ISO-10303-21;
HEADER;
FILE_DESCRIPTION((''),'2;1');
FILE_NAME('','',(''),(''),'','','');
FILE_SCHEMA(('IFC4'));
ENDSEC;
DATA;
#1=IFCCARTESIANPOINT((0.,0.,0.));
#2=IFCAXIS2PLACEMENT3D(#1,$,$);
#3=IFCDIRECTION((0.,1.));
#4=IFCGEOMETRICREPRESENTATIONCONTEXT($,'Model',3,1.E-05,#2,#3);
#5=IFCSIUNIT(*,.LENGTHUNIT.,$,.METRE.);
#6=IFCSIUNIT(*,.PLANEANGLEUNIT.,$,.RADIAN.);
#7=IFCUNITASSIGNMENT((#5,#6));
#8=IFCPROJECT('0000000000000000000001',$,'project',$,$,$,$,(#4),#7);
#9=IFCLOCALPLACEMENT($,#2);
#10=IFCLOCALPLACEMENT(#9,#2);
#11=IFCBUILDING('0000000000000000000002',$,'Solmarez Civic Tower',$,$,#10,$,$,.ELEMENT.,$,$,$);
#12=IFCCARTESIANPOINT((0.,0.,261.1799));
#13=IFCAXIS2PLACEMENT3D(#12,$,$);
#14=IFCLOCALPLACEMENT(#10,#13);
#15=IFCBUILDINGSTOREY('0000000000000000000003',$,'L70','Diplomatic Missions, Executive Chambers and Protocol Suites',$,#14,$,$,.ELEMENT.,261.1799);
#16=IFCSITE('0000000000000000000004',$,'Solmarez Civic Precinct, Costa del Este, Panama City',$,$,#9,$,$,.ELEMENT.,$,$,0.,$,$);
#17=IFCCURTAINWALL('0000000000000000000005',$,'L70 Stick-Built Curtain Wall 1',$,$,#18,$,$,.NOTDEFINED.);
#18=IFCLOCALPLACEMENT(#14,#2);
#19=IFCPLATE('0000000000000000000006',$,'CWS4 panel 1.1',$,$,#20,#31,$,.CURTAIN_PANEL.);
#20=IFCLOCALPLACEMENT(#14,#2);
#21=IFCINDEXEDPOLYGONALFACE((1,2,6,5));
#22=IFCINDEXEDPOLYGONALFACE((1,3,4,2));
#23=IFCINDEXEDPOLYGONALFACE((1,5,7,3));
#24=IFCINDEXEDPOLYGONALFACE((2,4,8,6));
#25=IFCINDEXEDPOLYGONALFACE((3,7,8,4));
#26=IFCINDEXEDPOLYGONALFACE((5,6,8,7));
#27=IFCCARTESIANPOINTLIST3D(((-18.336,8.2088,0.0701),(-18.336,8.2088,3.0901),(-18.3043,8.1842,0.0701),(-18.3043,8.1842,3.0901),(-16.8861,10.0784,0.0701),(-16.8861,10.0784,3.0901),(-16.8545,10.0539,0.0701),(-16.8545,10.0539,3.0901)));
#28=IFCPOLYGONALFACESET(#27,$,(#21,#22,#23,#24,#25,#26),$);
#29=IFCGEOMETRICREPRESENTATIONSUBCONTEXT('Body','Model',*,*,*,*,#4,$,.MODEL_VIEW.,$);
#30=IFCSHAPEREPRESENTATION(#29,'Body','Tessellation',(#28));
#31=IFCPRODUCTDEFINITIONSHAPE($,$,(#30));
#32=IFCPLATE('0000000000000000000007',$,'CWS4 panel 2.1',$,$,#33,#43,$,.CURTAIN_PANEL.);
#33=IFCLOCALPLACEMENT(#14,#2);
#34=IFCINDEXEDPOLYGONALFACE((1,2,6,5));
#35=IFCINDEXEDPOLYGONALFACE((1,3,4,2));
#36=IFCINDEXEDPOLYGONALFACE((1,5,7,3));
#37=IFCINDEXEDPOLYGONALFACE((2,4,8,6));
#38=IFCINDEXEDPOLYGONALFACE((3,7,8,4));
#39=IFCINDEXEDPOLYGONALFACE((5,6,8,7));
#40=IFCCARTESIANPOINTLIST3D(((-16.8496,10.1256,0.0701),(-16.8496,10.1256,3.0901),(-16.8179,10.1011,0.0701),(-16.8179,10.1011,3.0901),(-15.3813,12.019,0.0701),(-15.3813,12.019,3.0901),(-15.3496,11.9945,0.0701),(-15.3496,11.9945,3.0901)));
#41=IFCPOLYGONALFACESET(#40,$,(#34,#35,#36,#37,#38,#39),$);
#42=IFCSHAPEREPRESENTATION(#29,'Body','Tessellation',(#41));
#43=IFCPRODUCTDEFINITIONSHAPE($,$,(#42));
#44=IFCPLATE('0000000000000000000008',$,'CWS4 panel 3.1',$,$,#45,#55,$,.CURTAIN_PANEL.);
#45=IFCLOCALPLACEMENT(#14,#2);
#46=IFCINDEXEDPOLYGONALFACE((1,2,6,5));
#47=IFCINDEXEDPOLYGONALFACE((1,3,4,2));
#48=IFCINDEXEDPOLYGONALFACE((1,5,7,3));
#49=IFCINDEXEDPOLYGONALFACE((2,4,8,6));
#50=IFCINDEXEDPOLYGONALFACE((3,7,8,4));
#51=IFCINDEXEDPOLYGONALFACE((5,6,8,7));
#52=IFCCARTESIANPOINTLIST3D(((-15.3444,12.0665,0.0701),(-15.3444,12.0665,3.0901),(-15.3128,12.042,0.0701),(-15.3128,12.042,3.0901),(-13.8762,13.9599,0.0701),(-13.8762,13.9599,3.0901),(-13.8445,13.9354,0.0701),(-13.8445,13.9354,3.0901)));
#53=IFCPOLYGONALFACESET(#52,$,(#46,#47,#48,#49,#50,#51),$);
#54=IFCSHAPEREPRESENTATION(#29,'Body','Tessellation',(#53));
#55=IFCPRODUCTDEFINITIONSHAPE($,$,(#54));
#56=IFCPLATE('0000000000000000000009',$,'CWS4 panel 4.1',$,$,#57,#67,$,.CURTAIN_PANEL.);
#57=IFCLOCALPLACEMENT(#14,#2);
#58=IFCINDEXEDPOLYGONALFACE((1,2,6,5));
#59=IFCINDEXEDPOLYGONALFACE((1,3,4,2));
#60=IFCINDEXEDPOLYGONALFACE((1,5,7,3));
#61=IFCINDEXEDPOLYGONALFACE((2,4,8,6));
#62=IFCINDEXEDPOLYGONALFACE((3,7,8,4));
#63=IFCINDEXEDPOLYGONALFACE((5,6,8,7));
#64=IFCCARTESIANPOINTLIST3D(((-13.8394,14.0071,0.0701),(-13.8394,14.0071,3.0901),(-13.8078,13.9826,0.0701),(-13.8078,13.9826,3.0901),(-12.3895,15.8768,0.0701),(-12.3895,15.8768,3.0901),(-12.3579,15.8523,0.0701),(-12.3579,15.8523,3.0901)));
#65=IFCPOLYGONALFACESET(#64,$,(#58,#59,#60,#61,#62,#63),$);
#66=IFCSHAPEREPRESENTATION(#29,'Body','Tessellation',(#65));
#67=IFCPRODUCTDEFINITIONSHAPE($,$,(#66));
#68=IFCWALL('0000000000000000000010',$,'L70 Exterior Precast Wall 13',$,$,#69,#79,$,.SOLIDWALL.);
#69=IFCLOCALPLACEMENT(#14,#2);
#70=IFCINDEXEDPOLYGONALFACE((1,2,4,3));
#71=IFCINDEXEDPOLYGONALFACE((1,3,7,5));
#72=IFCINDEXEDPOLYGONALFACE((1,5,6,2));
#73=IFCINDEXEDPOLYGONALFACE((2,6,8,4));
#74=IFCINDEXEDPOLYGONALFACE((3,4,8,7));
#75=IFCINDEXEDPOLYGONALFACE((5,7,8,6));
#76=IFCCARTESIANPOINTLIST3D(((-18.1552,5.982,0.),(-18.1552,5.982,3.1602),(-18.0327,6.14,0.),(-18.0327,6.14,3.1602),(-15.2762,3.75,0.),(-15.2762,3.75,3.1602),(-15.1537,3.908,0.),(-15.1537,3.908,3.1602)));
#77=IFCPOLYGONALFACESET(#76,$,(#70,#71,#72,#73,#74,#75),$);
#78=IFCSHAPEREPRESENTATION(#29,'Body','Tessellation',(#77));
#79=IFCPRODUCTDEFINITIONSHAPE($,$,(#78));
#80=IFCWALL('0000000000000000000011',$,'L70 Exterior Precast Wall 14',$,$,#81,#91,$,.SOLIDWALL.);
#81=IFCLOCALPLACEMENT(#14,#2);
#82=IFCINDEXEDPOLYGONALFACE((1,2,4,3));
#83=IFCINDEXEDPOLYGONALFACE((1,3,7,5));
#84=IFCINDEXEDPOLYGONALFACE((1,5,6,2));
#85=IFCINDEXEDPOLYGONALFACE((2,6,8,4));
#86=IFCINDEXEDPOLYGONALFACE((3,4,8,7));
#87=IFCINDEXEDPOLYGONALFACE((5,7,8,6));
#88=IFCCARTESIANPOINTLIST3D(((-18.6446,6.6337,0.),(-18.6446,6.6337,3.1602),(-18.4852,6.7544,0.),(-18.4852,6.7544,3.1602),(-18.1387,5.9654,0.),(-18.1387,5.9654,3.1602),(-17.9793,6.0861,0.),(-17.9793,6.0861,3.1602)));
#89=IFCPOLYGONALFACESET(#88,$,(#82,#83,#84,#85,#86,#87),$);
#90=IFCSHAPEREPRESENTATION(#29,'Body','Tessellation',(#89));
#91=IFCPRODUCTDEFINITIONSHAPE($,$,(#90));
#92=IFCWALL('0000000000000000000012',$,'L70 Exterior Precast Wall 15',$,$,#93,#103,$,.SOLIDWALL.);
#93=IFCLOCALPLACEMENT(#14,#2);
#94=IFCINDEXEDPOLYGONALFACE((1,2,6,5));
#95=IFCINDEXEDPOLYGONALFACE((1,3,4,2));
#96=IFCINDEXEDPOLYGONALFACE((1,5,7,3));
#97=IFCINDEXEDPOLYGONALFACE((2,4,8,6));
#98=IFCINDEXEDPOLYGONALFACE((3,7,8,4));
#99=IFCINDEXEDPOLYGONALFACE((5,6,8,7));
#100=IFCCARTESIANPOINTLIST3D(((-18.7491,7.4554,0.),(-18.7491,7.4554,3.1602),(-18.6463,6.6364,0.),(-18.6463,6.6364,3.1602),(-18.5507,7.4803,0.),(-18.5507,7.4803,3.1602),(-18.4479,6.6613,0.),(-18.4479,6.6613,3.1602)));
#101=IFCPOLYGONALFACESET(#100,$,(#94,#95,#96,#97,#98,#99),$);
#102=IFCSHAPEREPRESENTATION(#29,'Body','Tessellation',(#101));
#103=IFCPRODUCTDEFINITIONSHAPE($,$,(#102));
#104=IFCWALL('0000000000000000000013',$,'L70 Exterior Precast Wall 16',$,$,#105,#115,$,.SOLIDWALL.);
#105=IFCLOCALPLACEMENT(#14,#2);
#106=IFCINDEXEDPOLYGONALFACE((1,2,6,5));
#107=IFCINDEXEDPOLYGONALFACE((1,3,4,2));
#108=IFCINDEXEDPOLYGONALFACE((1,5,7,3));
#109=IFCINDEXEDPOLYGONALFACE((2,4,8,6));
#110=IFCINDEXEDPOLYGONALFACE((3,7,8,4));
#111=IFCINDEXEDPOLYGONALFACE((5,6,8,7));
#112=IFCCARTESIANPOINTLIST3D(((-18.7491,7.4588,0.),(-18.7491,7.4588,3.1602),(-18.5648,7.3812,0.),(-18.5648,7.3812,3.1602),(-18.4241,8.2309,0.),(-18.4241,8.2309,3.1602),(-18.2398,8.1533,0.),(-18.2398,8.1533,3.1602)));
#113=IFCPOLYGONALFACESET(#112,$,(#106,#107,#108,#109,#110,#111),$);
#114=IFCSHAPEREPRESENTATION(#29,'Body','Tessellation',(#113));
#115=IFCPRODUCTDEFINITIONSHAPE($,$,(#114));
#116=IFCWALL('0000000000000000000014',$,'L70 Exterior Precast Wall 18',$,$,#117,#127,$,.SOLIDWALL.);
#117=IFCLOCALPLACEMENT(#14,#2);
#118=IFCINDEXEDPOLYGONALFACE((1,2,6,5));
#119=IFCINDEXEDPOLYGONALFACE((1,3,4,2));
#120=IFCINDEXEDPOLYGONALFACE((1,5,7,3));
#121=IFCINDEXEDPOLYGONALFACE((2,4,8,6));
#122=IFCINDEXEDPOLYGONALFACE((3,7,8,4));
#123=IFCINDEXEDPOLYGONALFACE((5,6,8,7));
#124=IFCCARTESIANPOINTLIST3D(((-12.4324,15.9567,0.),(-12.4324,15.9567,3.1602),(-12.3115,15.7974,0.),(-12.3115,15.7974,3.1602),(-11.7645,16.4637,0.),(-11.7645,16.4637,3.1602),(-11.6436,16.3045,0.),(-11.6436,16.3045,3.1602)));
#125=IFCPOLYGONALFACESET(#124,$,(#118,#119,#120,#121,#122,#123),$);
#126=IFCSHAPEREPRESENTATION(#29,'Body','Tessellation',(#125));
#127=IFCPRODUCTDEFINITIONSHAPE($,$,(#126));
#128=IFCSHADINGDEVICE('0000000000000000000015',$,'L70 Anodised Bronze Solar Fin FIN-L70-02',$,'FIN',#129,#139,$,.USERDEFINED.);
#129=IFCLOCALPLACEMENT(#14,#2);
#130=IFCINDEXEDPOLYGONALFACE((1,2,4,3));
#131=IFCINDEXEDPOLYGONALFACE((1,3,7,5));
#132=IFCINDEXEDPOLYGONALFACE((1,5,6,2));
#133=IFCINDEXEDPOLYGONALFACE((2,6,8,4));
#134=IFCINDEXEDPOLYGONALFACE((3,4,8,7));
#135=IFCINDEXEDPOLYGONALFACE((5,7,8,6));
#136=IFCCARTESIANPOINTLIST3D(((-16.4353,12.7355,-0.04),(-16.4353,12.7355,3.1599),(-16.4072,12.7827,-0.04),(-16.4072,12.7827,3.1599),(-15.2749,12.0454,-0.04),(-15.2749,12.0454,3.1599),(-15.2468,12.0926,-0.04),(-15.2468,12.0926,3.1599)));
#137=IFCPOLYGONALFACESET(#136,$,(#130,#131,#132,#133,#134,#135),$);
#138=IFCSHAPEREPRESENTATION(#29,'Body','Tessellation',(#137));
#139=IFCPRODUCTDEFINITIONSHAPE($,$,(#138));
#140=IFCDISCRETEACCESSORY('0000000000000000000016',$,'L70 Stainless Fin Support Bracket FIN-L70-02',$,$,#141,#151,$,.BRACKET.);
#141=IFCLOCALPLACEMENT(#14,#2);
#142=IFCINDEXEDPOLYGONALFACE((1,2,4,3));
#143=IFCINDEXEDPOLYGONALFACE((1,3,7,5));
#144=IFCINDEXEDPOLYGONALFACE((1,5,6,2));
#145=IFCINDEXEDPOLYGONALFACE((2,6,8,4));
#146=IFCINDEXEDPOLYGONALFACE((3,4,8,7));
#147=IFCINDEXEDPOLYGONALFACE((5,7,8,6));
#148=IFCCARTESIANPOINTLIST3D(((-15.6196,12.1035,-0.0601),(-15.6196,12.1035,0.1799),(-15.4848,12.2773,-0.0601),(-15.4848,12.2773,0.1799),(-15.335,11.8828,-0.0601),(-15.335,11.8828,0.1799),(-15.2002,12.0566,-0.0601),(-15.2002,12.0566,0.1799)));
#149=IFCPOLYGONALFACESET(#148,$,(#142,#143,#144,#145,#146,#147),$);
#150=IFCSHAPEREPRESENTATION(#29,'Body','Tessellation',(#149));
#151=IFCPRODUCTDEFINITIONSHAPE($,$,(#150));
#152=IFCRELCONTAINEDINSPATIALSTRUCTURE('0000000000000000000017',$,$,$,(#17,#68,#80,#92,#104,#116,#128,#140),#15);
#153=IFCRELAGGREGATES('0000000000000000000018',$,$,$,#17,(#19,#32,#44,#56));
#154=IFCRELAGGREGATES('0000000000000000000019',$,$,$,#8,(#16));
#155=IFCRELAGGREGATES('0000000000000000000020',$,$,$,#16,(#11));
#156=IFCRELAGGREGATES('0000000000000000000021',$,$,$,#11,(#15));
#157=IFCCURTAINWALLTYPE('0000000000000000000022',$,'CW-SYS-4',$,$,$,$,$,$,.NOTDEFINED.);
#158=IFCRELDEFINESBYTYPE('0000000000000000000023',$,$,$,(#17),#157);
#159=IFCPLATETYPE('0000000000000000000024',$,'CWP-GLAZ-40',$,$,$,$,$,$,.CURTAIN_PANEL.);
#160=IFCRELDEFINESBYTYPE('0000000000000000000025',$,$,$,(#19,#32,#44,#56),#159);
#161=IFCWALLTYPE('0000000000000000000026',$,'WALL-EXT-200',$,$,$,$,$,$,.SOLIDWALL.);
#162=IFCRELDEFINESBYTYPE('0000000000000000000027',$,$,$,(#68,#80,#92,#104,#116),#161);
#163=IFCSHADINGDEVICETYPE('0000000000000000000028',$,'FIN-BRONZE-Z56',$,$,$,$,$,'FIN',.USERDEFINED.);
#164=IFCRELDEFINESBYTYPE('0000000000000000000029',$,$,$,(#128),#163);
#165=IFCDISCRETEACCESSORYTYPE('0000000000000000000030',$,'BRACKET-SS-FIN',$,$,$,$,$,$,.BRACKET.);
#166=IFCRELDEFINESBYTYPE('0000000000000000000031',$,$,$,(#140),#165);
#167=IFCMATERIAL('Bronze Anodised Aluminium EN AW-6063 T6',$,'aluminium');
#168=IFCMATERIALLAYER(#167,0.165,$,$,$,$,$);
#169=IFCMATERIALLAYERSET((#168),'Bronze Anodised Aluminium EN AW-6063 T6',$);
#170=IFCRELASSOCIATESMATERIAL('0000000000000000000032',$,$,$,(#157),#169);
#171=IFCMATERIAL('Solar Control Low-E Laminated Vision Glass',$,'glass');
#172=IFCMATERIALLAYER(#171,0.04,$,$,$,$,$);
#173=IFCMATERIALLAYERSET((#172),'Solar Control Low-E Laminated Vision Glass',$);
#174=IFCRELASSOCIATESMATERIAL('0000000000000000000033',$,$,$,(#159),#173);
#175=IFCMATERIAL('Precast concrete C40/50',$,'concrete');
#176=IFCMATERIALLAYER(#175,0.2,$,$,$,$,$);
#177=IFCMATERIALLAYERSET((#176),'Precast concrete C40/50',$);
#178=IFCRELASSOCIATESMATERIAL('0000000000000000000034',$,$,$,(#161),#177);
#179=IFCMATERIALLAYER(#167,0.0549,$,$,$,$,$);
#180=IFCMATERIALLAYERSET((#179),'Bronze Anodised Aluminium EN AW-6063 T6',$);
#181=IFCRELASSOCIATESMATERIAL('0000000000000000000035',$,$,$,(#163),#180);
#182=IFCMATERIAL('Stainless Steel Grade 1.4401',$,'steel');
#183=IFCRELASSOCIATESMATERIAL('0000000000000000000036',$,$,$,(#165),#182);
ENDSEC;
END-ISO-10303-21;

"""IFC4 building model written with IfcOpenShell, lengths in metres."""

from ifc_helpers import new_model, si_unit, direction, frame, frame_2d, origin, origin_2d, place, context, subcontext, project, spatial, rectangle, extrude, material, layer, layer_set, type_object, element, aggregate, save


model = new_model("IFC4")

# Units and contexts
model_context = context("Model", 3, precision=1e-05, world=origin(), true_north=direction((0.0, 1.0)))
body_context = subcontext(model_context, "Body", "Model", "MODEL_VIEW")
ifc_project = project(units=[si_unit("LENGTHUNIT", "METRE"), si_unit("PLANEANGLEUNIT", "RADIAN")], contexts=[model_context])

# Site, building, storey
site_placement = place(None, origin())
site = spatial("IfcSite", under=ifc_project, at=site_placement, Name="Solmarez Civic Precinct, Costa del Este, Panama City", CompositionType="ELEMENT", RefElevation=0.0)
building_placement = place(site_placement, origin())
building = spatial("IfcBuilding", under=site, at=building_placement, Name="Solmarez Civic Tower", CompositionType="ELEMENT")
storey_placement = place(building_placement, frame((0.0, 0.0, 261.1799)))
storey = spatial("IfcBuildingStorey", under=building, at=storey_placement, Name="L70", Description="Diplomatic Missions, Executive Chambers and Protocol Suites", CompositionType="ELEMENT", Elevation=261.1799)

# Curtain wall, plates
ifc_material_1 = material(Name="Bronze Anodised Aluminium EN AW-6063 T6", Category="aluminium")
ifc_layer_1 = layer(ifc_material_1, 0.165)
ifc_layer_set_1 = layer_set([ifc_layer_1], Name="Bronze Anodised Aluminium EN AW-6063 T6")
curtain_wall_type = type_object("IfcCurtainWallType", Name="CW-SYS-4", PredefinedType="NOTDEFINED", material=ifc_layer_set_1)
curtain_wall_placement = place(storey_placement, origin())
curtain_wall = element("IfcCurtainWall", 1, at=curtain_wall_placement, inside=storey, type_object=curtain_wall_type, Name="L70 Stick-Built Curtain Wall 1", PredefinedType="NOTDEFINED")
ifc_material_2 = material(Name="Solar Control Low-E Laminated Vision Glass", Category="glass")
ifc_layer_2 = layer(ifc_material_2, 0.04)
ifc_layer_set_2 = layer_set([ifc_layer_2], Name="Solar Control Low-E Laminated Vision Glass")
plate_type = type_object("IfcPlateType", Name="CWP-GLAZ-40", PredefinedType="CURTAIN_PANEL", material=ifc_layer_set_2)
plate_1_placement = place(storey_placement, frame((-17.5952, 9.1313, 0.0701), z_axis=(0.0, 0.0, 1.0), x_axis=(0.612805, 0.790234, 0.0)))
plate_1 = element("IfcPlate", 2, at=plate_1_placement, type_object=plate_type, Name="CWS4 panel 1.1", PredefinedType="CURTAIN_PANEL", context=body_context, shape_type="SweptSolid", body=[
    extrude(rectangle(XDim=2.366, YDim=0.04, at=origin_2d()), origin(), (0.0, 0.0, 1.0), 3.02),
])
plate_2_placement = place(storey_placement, frame((-16.0996, 11.0601, 0.0701), z_axis=(0.0, 0.0, 1.0), x_axis=(0.612805, 0.790234, 0.0)))
plate_2 = element("IfcPlate", 3, at=plate_2_placement, type_object=plate_type, Name="CWS4 panel 2.1", PredefinedType="CURTAIN_PANEL", context=body_context, shape_type="SweptSolid", body=[
    extrude(rectangle(XDim=2.396, YDim=0.04, at=origin_2d()), origin(), (0.0, 0.0, 1.0), 3.02),
])
plate_3_placement = place(storey_placement, frame((-14.5945, 13.001, 0.0701), z_axis=(0.0, 0.0, 1.0), x_axis=(0.612805, 0.790234, 0.0)))
plate_3 = element("IfcPlate", 4, at=plate_3_placement, type_object=plate_type, Name="CWS4 panel 3.1", PredefinedType="CURTAIN_PANEL", context=body_context, shape_type="SweptSolid", body=[
    extrude(rectangle(XDim=2.396, YDim=0.04, at=origin_2d()), origin(), (0.0, 0.0, 1.0), 3.02),
])
plate_4_placement = place(storey_placement, frame((-13.0986, 14.9297, 0.0701), z_axis=(0.0, 0.0, 1.0), x_axis=(0.612805, 0.790234, 0.0)))
plate_4 = element("IfcPlate", 5, at=plate_4_placement, type_object=plate_type, Name="CWS4 panel 4.1", PredefinedType="CURTAIN_PANEL", context=body_context, shape_type="SweptSolid", body=[
    extrude(rectangle(XDim=2.366, YDim=0.04, at=origin_2d()), origin(), (0.0, 0.0, 1.0), 3.02),
])
aggregate(curtain_wall, [plate_1, plate_2, plate_3, plate_4])

# Walls
ifc_material_3 = material(Name="Precast concrete C40/50", Category="concrete")
ifc_layer_3 = layer(ifc_material_3, 0.2)
ifc_layer_set_3 = layer_set([ifc_layer_3], Name="Precast concrete C40/50")
wall_type = type_object("IfcWallType", Name="WALL-EXT-200", PredefinedType="SOLIDWALL", material=ifc_layer_set_3)
wall_1_placement = place(storey_placement, frame((-15.2151, 3.8291, 0.0), z_axis=(0.0, 0.0, 1.0), x_axis=(-0.790311, 0.612706, 0.0)))
element("IfcWall", 6, at=wall_1_placement, inside=storey, type_object=wall_type, Name="L70 Exterior Precast Wall 13", PredefinedType="SOLIDWALL", context=body_context, shape_type="SweptSolid", body=[
    extrude(rectangle(XDim=3.6428, YDim=0.2, at=frame_2d((1.8213, 0.0))), origin(), (0.0, 0.0, 1.0), 3.1602),
])
wall_2_placement = place(storey_placement, frame((-18.0591, 6.0259, 0.0), z_axis=(0.0, 0.0, 1.0), x_axis=(-0.603583, 0.7973, 0.0)))
element("IfcWall", 7, at=wall_2_placement, inside=storey, type_object=wall_type, Name="L70 Exterior Precast Wall 14", PredefinedType="SOLIDWALL", context=body_context, shape_type="SweptSolid", body=[
    extrude(rectangle(XDim=0.8381, YDim=0.2, at=frame_2d((0.4189, 0.0))), origin(), (0.0, 0.0, 1.0), 3.1602),
])
wall_3_placement = place(storey_placement, frame((-18.5471, 6.6489, 0.0), z_axis=(0.0, 0.0, 1.0), x_axis=(-0.124508, 0.992219, 0.0)))
element("IfcWall", 8, at=wall_3_placement, inside=storey, type_object=wall_type, Name="L70 Exterior Precast Wall 15", PredefinedType="SOLIDWALL", context=body_context, shape_type="SweptSolid", body=[
    extrude(rectangle(XDim=0.8254, YDim=0.2, at=frame_2d((0.4126, 0.0))), origin(), (0.0, 0.0, 1.0), 3.1602),
])
wall_4_placement = place(storey_placement, frame((-18.657, 7.4199, 0.0), z_axis=(0.0, 0.0, 1.0), x_axis=(0.387966, 0.921674, 0.0)))
element("IfcWall", 9, at=wall_4_placement, inside=storey, type_object=wall_type, Name="L70 Exterior Precast Wall 16", PredefinedType="SOLIDWALL", context=body_context, shape_type="SweptSolid", body=[
    extrude(rectangle(XDim=0.8376, YDim=0.2, at=frame_2d((0.4189, 0.0))), origin(), (0.0, 0.0, 1.0), 3.1602),
])
wall_5_placement = place(storey_placement, frame((-12.3721, 15.877, 0.0), z_axis=(0.0, 0.0, 1.0), x_axis=(0.796493, 0.604648, 0.0)))
element("IfcWall", 10, at=wall_5_placement, inside=storey, type_object=wall_type, Name="L70 Exterior Precast Wall 18", PredefinedType="SOLIDWALL", context=body_context, shape_type="SweptSolid", body=[
    extrude(rectangle(XDim=0.8386, YDim=0.2, at=frame_2d((0.4194, 0.0))), origin(), (0.0, 0.0, 1.0), 3.1602),
])

# Shading device
ifc_layer_4 = layer(ifc_material_1, 0.0549)
ifc_layer_set_4 = layer_set([ifc_layer_4], Name="Bronze Anodised Aluminium EN AW-6063 T6")
shading_device_type = type_object("IfcShadingDeviceType", Name="FIN-BRONZE-Z56", ElementType="FIN", PredefinedType="USERDEFINED", material=ifc_layer_set_4)
shading_device_placement = place(storey_placement, frame((-15.8411, 12.4141, -0.04), z_axis=(0.0, 0.0, 1.0), x_axis=(-0.859513, 0.511113, 0.0)))
element("IfcShadingDevice", 11, at=shading_device_placement, inside=storey, type_object=shading_device_type, Name="L70 Anodised Bronze Solar Fin FIN-L70-02", ObjectType="FIN", PredefinedType="USERDEFINED", context=body_context, shape_type="SweptSolid", body=[
    extrude(rectangle(XDim=1.3501, YDim=0.0549, at=origin_2d()), origin(), (0.0, 0.0, 1.0), 3.2),
])

# Discrete accessory
ifc_material_4 = material(Name="Stainless Steel Grade 1.4401", Category="steel")
discrete_accessory_type = type_object("IfcDiscreteAccessoryType", Name="BRACKET-SS-FIN", PredefinedType="BRACKET", material=ifc_material_4)
discrete_accessory_placement = place(storey_placement, frame((-15.4099, 12.0801, -0.0601), z_axis=(0.0, 0.0, 1.0), x_axis=(-0.790183, 0.61287, 0.0)))
element("IfcDiscreteAccessory", 12, at=discrete_accessory_placement, inside=storey, type_object=discrete_accessory_type, Name="L70 Stainless Fin Support Bracket FIN-L70-02", PredefinedType="BRACKET", context=body_context, shape_type="SweptSolid", body=[
    extrude(rectangle(XDim=0.3601, YDim=0.22, at=origin_2d()), origin(), (0.0, 0.0, 1.0), 0.24),
])

save(model, "model.ifc")
